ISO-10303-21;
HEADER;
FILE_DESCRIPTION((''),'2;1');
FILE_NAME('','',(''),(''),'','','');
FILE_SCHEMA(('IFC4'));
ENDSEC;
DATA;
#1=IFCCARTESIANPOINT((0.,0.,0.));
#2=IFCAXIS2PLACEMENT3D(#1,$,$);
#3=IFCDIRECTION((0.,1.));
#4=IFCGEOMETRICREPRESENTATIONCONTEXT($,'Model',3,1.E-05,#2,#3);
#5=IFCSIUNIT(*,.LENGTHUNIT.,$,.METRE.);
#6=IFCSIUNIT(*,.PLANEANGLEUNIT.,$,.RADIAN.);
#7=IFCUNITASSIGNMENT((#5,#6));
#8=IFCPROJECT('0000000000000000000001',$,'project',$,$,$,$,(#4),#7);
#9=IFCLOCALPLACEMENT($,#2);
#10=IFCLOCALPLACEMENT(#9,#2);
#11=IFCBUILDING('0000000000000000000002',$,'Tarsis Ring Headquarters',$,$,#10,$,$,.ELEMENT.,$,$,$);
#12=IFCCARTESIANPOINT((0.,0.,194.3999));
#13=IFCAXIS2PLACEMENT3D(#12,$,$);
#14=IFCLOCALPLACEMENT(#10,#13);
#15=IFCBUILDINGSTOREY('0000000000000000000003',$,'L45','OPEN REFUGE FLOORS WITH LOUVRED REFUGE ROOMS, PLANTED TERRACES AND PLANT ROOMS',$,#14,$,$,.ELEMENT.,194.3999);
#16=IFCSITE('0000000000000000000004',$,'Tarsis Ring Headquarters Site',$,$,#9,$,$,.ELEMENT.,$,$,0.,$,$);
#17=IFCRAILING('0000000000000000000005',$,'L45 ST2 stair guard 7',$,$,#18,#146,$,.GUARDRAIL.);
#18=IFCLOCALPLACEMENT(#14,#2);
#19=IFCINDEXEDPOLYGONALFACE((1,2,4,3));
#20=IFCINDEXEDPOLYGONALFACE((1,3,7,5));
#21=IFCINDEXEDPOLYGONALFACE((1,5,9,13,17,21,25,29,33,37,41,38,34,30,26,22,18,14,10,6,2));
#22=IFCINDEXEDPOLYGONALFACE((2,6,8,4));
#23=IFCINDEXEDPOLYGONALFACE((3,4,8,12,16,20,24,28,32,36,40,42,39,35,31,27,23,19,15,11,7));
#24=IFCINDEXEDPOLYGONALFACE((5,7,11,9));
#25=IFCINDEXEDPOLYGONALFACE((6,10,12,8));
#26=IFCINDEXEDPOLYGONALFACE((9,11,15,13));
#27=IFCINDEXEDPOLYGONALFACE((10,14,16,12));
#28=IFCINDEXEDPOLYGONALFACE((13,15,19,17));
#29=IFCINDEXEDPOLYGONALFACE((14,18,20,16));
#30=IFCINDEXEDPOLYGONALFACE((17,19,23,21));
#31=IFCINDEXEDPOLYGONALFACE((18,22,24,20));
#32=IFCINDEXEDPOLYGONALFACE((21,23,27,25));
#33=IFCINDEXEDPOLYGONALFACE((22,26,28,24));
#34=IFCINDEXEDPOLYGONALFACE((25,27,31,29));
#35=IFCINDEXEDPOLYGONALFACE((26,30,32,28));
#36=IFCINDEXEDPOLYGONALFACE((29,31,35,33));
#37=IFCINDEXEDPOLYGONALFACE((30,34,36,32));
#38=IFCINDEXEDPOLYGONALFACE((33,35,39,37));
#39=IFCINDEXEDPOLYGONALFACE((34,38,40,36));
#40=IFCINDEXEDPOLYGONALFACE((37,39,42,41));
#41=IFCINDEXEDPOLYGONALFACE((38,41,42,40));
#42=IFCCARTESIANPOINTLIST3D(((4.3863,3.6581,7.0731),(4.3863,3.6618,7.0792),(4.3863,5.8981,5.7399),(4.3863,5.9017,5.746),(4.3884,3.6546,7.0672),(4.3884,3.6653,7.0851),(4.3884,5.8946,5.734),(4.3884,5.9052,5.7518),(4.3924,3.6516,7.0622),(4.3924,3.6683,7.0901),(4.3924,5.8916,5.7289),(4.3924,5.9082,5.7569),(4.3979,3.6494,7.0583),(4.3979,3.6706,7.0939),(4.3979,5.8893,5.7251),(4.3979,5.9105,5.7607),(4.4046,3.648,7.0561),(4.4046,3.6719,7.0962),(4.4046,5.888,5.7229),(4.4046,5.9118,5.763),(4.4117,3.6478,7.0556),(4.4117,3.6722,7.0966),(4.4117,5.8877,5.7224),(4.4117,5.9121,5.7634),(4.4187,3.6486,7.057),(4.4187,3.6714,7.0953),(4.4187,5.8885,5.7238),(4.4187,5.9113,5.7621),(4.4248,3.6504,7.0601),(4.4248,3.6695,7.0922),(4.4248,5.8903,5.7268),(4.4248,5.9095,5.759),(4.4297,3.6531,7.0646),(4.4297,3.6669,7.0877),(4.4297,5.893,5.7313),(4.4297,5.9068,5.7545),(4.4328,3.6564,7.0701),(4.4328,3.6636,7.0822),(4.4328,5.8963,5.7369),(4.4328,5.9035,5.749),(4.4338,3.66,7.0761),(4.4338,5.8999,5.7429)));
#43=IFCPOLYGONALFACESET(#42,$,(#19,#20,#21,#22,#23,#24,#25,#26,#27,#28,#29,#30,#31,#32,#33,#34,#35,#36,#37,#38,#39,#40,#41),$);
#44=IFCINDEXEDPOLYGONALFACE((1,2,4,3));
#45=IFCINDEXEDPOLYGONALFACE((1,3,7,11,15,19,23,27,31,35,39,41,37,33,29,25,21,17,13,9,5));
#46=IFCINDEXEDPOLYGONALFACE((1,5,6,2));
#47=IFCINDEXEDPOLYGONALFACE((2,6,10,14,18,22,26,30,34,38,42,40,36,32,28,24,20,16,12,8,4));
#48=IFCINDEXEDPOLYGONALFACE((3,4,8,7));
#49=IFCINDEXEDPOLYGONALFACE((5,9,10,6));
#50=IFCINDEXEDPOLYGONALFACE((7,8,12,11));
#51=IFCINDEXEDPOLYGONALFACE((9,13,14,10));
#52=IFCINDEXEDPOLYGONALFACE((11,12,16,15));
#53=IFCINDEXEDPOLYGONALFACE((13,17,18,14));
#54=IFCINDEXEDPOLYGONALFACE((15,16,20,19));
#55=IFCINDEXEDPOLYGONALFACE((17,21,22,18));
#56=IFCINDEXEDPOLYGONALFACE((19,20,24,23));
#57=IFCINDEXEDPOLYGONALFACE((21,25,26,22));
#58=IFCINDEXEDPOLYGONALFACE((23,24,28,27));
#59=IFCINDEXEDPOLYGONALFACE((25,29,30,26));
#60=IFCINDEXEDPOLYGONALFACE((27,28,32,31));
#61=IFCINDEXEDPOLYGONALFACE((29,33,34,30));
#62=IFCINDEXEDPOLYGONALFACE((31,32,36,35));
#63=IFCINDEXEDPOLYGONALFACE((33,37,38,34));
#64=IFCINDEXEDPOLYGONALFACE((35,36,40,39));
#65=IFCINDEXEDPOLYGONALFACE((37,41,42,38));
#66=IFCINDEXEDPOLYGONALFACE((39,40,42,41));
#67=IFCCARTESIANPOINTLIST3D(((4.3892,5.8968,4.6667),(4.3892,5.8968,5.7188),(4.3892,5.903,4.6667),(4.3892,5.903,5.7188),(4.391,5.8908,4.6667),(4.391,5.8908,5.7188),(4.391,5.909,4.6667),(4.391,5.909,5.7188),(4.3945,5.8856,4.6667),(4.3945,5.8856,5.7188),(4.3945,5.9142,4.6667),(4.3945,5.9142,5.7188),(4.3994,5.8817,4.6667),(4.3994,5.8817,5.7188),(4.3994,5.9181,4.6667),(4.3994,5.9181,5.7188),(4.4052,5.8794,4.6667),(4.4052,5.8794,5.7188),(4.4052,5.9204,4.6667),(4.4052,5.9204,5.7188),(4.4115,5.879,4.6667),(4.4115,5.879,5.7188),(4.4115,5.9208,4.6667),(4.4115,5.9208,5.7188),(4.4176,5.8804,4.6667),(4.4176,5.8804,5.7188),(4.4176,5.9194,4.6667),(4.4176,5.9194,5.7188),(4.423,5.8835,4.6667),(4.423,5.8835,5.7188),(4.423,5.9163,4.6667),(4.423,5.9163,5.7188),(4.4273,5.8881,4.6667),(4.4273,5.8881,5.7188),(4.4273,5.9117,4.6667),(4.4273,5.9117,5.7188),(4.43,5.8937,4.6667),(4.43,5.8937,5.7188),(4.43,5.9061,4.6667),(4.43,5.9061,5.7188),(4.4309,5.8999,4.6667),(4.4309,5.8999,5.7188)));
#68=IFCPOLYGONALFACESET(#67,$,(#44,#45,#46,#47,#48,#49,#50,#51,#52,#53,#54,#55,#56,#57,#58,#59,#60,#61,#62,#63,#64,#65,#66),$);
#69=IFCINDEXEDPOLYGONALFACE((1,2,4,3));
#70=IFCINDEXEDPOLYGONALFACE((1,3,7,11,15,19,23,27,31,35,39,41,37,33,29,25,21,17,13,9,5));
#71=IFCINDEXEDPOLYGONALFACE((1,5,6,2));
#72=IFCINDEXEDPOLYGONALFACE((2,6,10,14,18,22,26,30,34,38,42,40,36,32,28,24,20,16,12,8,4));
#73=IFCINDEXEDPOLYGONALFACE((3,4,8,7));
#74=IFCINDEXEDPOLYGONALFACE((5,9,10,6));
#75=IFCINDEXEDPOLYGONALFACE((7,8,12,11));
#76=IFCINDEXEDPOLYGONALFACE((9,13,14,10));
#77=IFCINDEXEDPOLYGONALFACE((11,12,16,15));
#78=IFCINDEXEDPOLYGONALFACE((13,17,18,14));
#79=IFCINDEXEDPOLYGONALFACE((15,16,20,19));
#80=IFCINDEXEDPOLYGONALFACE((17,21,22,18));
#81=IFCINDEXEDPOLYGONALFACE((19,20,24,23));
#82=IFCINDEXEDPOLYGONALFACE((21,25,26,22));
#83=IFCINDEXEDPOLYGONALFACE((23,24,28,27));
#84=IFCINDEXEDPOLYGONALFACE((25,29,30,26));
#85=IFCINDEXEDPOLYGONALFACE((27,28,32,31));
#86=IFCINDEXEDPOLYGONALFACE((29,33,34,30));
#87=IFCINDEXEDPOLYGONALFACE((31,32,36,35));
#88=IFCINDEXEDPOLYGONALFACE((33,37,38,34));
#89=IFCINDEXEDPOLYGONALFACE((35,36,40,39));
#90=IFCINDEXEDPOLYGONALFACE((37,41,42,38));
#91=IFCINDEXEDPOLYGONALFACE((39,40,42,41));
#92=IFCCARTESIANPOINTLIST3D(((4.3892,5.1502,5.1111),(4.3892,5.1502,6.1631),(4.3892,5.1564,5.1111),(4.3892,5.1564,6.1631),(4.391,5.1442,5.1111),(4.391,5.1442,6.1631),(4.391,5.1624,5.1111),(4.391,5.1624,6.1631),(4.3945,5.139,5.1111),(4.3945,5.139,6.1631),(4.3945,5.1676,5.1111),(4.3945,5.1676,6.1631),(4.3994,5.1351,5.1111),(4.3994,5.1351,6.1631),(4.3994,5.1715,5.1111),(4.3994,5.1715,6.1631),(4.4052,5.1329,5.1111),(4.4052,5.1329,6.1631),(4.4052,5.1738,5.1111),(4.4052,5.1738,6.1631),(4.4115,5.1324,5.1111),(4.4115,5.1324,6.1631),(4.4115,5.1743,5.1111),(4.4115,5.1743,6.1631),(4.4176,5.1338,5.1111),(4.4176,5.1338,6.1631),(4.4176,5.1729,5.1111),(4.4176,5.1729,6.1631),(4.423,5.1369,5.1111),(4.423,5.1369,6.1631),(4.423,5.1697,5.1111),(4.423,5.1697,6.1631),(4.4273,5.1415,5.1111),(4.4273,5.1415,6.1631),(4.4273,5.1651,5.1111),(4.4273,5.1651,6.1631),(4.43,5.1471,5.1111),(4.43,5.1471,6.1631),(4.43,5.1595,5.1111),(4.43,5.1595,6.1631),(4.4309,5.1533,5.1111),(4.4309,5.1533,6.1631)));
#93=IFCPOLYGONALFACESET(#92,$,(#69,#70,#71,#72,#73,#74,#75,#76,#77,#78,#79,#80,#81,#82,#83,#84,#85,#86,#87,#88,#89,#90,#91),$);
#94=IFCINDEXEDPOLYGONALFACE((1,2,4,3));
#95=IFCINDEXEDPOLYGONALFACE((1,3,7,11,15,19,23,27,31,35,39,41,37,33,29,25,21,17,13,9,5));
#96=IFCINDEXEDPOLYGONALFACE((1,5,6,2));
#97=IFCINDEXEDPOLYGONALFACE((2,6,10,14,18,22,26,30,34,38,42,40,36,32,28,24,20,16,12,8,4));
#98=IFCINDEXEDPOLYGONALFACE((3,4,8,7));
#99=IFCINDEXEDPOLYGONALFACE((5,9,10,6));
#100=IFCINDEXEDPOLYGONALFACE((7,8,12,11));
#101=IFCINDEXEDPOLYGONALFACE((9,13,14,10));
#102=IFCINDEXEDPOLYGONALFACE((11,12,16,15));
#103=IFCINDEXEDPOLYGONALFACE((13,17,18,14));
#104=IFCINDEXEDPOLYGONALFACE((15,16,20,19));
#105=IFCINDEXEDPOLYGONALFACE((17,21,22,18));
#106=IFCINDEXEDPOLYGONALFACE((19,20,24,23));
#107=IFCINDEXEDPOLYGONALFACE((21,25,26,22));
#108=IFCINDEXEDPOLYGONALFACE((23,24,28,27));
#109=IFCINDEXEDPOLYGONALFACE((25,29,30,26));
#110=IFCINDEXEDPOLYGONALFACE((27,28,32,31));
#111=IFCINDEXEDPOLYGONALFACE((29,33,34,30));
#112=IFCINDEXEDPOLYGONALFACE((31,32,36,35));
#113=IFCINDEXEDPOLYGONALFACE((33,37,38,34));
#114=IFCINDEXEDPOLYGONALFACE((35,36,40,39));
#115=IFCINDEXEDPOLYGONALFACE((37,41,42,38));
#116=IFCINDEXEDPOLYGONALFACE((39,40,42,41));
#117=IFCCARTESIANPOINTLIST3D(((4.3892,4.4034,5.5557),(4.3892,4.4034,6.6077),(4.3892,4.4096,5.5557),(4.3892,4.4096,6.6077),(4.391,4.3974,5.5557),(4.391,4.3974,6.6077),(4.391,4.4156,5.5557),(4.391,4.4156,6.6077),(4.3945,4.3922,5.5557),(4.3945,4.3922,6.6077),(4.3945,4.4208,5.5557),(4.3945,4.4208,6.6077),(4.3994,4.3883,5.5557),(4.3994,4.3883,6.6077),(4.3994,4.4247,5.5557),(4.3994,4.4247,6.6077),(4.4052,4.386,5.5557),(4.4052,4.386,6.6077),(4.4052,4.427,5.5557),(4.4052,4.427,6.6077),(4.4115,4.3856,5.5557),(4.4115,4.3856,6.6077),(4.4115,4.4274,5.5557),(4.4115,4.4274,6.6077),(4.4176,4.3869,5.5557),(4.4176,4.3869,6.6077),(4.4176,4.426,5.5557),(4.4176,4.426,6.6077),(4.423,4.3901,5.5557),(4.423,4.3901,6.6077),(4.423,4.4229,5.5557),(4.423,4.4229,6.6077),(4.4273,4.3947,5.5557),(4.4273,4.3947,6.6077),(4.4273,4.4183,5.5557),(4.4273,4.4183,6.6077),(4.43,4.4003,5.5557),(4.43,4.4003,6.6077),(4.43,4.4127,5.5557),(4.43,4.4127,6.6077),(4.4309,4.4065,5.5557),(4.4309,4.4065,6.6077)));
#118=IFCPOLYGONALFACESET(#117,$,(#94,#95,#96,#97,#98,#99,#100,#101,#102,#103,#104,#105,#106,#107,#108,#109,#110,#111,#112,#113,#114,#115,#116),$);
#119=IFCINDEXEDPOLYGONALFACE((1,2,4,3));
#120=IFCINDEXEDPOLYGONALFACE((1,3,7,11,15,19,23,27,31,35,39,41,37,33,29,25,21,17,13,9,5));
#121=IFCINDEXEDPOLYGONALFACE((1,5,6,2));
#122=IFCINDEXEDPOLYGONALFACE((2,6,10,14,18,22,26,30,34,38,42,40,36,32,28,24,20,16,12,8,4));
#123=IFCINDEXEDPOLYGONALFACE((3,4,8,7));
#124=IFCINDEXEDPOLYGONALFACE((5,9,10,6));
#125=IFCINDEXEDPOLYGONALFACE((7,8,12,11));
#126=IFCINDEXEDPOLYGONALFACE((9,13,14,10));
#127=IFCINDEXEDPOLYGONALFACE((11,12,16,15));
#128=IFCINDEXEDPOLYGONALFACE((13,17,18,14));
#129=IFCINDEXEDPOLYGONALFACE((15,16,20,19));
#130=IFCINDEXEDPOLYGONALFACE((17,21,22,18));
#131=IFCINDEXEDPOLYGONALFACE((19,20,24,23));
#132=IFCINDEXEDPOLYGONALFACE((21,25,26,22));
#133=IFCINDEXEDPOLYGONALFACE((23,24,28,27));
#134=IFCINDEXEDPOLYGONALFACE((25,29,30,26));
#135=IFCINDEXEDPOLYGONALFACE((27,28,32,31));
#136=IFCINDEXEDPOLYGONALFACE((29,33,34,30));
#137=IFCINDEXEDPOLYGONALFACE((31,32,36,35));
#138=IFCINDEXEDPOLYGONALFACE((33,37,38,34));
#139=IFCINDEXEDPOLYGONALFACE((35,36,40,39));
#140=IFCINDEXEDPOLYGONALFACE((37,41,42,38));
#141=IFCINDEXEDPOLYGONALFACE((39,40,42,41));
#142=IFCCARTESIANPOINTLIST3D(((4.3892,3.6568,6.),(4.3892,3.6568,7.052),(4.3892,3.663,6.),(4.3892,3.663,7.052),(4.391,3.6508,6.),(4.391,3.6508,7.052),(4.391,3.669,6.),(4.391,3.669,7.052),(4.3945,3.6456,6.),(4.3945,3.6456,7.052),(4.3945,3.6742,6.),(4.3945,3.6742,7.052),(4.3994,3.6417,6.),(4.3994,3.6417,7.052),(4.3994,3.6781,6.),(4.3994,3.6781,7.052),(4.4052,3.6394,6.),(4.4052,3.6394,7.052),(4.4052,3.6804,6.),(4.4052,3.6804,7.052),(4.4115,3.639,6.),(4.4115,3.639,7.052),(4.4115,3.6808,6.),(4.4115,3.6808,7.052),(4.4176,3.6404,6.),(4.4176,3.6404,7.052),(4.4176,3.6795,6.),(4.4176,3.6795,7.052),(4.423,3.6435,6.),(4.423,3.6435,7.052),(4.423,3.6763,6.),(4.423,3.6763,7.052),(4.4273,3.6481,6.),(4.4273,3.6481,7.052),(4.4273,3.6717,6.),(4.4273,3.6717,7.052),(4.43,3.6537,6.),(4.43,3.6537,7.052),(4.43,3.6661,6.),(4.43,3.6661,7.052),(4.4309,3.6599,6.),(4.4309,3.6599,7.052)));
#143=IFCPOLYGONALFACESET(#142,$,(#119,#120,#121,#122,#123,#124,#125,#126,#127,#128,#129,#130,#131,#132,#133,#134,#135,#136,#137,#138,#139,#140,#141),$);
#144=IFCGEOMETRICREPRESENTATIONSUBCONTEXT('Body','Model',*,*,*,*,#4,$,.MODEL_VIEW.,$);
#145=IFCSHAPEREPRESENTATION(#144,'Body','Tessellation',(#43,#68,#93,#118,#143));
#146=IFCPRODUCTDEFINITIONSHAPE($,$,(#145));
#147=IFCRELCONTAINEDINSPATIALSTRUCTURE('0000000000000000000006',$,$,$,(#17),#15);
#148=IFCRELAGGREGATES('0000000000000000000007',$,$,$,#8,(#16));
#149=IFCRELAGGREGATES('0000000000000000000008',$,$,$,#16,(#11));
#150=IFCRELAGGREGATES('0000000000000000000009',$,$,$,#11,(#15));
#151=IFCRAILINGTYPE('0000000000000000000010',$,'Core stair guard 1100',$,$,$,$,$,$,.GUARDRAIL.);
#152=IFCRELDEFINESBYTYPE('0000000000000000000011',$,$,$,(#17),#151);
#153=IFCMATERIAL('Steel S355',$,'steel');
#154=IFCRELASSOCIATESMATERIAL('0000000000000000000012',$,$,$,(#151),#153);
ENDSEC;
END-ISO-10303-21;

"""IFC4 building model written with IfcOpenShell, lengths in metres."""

from ifc_helpers import new_model, si_unit, direction, frame, origin, origin_2d, place, context, subcontext, project, spatial, circle, extrude, material, type_object, element, save


model = new_model("IFC4")

# Units and contexts
model_context = context("Model", 3, precision=1e-05, world=origin(), true_north=direction((0.0, 1.0)))
body_context = subcontext(model_context, "Body", "Model", "MODEL_VIEW")
ifc_project = project(units=[si_unit("LENGTHUNIT", "METRE"), si_unit("PLANEANGLEUNIT", "RADIAN")], contexts=[model_context])

# Site, building, storey
site_placement = place(None, origin())
site = spatial("IfcSite", under=ifc_project, at=site_placement, Name="Tarsis Ring Headquarters Site", CompositionType="ELEMENT", RefElevation=0.0)
building_placement = place(site_placement, origin())
building = spatial("IfcBuilding", under=site, at=building_placement, Name="Tarsis Ring Headquarters", CompositionType="ELEMENT")
storey_placement = place(building_placement, frame((0.0, 0.0, 194.3999)))
storey = spatial("IfcBuildingStorey", under=building, at=storey_placement, Name="L45", Description="OPEN REFUGE FLOORS WITH LOUVRED REFUGE ROOMS, PLANTED TERRACES AND PLANT ROOMS", CompositionType="ELEMENT", Elevation=194.3999)

# Railing
ifc_material_1 = material(Name="Steel S355", Category="steel")
railing_type_1 = type_object("IfcRailingType", Name="Core stair guard 1100", PredefinedType="GUARDRAIL", material=ifc_material_1)
railing_1_placement = place(storey_placement, frame((4.4099, 5.8999, 4.6667)))
element("IfcRailing", 1, at=railing_1_placement, inside=storey, type_object=railing_type_1, Name="L45 ST2 stair guard 7", PredefinedType="GUARDRAIL", context=body_context, shape_type="SweptSolid", body=[
    extrude(circle(Radius=0.0239, at=origin_2d()), frame((0.0, 0.0, 1.0762), z_axis=(0.0, -0.859306, 0.511462), x_axis=(1.0, 0.0, 0.0)), (0.0, 0.0, 1.0), 2.6067),
    extrude(circle(Radius=0.021, at=origin_2d()), origin(), (0.0, 0.0, 1.0), 1.052),
    extrude(circle(Radius=0.021, at=origin_2d()), frame((0.0, -0.7466, 0.4443)), (0.0, 0.0, 1.0), 1.052),
    extrude(circle(Radius=0.021, at=origin_2d()), frame((0.0, -1.4934, 0.8889)), (0.0, 0.0, 1.0), 1.052),
    extrude(circle(Radius=0.021, at=origin_2d()), frame((0.0, -2.24, 1.3333)), (0.0, 0.0, 1.0), 1.052),
])

save(model, "model.ifc")
